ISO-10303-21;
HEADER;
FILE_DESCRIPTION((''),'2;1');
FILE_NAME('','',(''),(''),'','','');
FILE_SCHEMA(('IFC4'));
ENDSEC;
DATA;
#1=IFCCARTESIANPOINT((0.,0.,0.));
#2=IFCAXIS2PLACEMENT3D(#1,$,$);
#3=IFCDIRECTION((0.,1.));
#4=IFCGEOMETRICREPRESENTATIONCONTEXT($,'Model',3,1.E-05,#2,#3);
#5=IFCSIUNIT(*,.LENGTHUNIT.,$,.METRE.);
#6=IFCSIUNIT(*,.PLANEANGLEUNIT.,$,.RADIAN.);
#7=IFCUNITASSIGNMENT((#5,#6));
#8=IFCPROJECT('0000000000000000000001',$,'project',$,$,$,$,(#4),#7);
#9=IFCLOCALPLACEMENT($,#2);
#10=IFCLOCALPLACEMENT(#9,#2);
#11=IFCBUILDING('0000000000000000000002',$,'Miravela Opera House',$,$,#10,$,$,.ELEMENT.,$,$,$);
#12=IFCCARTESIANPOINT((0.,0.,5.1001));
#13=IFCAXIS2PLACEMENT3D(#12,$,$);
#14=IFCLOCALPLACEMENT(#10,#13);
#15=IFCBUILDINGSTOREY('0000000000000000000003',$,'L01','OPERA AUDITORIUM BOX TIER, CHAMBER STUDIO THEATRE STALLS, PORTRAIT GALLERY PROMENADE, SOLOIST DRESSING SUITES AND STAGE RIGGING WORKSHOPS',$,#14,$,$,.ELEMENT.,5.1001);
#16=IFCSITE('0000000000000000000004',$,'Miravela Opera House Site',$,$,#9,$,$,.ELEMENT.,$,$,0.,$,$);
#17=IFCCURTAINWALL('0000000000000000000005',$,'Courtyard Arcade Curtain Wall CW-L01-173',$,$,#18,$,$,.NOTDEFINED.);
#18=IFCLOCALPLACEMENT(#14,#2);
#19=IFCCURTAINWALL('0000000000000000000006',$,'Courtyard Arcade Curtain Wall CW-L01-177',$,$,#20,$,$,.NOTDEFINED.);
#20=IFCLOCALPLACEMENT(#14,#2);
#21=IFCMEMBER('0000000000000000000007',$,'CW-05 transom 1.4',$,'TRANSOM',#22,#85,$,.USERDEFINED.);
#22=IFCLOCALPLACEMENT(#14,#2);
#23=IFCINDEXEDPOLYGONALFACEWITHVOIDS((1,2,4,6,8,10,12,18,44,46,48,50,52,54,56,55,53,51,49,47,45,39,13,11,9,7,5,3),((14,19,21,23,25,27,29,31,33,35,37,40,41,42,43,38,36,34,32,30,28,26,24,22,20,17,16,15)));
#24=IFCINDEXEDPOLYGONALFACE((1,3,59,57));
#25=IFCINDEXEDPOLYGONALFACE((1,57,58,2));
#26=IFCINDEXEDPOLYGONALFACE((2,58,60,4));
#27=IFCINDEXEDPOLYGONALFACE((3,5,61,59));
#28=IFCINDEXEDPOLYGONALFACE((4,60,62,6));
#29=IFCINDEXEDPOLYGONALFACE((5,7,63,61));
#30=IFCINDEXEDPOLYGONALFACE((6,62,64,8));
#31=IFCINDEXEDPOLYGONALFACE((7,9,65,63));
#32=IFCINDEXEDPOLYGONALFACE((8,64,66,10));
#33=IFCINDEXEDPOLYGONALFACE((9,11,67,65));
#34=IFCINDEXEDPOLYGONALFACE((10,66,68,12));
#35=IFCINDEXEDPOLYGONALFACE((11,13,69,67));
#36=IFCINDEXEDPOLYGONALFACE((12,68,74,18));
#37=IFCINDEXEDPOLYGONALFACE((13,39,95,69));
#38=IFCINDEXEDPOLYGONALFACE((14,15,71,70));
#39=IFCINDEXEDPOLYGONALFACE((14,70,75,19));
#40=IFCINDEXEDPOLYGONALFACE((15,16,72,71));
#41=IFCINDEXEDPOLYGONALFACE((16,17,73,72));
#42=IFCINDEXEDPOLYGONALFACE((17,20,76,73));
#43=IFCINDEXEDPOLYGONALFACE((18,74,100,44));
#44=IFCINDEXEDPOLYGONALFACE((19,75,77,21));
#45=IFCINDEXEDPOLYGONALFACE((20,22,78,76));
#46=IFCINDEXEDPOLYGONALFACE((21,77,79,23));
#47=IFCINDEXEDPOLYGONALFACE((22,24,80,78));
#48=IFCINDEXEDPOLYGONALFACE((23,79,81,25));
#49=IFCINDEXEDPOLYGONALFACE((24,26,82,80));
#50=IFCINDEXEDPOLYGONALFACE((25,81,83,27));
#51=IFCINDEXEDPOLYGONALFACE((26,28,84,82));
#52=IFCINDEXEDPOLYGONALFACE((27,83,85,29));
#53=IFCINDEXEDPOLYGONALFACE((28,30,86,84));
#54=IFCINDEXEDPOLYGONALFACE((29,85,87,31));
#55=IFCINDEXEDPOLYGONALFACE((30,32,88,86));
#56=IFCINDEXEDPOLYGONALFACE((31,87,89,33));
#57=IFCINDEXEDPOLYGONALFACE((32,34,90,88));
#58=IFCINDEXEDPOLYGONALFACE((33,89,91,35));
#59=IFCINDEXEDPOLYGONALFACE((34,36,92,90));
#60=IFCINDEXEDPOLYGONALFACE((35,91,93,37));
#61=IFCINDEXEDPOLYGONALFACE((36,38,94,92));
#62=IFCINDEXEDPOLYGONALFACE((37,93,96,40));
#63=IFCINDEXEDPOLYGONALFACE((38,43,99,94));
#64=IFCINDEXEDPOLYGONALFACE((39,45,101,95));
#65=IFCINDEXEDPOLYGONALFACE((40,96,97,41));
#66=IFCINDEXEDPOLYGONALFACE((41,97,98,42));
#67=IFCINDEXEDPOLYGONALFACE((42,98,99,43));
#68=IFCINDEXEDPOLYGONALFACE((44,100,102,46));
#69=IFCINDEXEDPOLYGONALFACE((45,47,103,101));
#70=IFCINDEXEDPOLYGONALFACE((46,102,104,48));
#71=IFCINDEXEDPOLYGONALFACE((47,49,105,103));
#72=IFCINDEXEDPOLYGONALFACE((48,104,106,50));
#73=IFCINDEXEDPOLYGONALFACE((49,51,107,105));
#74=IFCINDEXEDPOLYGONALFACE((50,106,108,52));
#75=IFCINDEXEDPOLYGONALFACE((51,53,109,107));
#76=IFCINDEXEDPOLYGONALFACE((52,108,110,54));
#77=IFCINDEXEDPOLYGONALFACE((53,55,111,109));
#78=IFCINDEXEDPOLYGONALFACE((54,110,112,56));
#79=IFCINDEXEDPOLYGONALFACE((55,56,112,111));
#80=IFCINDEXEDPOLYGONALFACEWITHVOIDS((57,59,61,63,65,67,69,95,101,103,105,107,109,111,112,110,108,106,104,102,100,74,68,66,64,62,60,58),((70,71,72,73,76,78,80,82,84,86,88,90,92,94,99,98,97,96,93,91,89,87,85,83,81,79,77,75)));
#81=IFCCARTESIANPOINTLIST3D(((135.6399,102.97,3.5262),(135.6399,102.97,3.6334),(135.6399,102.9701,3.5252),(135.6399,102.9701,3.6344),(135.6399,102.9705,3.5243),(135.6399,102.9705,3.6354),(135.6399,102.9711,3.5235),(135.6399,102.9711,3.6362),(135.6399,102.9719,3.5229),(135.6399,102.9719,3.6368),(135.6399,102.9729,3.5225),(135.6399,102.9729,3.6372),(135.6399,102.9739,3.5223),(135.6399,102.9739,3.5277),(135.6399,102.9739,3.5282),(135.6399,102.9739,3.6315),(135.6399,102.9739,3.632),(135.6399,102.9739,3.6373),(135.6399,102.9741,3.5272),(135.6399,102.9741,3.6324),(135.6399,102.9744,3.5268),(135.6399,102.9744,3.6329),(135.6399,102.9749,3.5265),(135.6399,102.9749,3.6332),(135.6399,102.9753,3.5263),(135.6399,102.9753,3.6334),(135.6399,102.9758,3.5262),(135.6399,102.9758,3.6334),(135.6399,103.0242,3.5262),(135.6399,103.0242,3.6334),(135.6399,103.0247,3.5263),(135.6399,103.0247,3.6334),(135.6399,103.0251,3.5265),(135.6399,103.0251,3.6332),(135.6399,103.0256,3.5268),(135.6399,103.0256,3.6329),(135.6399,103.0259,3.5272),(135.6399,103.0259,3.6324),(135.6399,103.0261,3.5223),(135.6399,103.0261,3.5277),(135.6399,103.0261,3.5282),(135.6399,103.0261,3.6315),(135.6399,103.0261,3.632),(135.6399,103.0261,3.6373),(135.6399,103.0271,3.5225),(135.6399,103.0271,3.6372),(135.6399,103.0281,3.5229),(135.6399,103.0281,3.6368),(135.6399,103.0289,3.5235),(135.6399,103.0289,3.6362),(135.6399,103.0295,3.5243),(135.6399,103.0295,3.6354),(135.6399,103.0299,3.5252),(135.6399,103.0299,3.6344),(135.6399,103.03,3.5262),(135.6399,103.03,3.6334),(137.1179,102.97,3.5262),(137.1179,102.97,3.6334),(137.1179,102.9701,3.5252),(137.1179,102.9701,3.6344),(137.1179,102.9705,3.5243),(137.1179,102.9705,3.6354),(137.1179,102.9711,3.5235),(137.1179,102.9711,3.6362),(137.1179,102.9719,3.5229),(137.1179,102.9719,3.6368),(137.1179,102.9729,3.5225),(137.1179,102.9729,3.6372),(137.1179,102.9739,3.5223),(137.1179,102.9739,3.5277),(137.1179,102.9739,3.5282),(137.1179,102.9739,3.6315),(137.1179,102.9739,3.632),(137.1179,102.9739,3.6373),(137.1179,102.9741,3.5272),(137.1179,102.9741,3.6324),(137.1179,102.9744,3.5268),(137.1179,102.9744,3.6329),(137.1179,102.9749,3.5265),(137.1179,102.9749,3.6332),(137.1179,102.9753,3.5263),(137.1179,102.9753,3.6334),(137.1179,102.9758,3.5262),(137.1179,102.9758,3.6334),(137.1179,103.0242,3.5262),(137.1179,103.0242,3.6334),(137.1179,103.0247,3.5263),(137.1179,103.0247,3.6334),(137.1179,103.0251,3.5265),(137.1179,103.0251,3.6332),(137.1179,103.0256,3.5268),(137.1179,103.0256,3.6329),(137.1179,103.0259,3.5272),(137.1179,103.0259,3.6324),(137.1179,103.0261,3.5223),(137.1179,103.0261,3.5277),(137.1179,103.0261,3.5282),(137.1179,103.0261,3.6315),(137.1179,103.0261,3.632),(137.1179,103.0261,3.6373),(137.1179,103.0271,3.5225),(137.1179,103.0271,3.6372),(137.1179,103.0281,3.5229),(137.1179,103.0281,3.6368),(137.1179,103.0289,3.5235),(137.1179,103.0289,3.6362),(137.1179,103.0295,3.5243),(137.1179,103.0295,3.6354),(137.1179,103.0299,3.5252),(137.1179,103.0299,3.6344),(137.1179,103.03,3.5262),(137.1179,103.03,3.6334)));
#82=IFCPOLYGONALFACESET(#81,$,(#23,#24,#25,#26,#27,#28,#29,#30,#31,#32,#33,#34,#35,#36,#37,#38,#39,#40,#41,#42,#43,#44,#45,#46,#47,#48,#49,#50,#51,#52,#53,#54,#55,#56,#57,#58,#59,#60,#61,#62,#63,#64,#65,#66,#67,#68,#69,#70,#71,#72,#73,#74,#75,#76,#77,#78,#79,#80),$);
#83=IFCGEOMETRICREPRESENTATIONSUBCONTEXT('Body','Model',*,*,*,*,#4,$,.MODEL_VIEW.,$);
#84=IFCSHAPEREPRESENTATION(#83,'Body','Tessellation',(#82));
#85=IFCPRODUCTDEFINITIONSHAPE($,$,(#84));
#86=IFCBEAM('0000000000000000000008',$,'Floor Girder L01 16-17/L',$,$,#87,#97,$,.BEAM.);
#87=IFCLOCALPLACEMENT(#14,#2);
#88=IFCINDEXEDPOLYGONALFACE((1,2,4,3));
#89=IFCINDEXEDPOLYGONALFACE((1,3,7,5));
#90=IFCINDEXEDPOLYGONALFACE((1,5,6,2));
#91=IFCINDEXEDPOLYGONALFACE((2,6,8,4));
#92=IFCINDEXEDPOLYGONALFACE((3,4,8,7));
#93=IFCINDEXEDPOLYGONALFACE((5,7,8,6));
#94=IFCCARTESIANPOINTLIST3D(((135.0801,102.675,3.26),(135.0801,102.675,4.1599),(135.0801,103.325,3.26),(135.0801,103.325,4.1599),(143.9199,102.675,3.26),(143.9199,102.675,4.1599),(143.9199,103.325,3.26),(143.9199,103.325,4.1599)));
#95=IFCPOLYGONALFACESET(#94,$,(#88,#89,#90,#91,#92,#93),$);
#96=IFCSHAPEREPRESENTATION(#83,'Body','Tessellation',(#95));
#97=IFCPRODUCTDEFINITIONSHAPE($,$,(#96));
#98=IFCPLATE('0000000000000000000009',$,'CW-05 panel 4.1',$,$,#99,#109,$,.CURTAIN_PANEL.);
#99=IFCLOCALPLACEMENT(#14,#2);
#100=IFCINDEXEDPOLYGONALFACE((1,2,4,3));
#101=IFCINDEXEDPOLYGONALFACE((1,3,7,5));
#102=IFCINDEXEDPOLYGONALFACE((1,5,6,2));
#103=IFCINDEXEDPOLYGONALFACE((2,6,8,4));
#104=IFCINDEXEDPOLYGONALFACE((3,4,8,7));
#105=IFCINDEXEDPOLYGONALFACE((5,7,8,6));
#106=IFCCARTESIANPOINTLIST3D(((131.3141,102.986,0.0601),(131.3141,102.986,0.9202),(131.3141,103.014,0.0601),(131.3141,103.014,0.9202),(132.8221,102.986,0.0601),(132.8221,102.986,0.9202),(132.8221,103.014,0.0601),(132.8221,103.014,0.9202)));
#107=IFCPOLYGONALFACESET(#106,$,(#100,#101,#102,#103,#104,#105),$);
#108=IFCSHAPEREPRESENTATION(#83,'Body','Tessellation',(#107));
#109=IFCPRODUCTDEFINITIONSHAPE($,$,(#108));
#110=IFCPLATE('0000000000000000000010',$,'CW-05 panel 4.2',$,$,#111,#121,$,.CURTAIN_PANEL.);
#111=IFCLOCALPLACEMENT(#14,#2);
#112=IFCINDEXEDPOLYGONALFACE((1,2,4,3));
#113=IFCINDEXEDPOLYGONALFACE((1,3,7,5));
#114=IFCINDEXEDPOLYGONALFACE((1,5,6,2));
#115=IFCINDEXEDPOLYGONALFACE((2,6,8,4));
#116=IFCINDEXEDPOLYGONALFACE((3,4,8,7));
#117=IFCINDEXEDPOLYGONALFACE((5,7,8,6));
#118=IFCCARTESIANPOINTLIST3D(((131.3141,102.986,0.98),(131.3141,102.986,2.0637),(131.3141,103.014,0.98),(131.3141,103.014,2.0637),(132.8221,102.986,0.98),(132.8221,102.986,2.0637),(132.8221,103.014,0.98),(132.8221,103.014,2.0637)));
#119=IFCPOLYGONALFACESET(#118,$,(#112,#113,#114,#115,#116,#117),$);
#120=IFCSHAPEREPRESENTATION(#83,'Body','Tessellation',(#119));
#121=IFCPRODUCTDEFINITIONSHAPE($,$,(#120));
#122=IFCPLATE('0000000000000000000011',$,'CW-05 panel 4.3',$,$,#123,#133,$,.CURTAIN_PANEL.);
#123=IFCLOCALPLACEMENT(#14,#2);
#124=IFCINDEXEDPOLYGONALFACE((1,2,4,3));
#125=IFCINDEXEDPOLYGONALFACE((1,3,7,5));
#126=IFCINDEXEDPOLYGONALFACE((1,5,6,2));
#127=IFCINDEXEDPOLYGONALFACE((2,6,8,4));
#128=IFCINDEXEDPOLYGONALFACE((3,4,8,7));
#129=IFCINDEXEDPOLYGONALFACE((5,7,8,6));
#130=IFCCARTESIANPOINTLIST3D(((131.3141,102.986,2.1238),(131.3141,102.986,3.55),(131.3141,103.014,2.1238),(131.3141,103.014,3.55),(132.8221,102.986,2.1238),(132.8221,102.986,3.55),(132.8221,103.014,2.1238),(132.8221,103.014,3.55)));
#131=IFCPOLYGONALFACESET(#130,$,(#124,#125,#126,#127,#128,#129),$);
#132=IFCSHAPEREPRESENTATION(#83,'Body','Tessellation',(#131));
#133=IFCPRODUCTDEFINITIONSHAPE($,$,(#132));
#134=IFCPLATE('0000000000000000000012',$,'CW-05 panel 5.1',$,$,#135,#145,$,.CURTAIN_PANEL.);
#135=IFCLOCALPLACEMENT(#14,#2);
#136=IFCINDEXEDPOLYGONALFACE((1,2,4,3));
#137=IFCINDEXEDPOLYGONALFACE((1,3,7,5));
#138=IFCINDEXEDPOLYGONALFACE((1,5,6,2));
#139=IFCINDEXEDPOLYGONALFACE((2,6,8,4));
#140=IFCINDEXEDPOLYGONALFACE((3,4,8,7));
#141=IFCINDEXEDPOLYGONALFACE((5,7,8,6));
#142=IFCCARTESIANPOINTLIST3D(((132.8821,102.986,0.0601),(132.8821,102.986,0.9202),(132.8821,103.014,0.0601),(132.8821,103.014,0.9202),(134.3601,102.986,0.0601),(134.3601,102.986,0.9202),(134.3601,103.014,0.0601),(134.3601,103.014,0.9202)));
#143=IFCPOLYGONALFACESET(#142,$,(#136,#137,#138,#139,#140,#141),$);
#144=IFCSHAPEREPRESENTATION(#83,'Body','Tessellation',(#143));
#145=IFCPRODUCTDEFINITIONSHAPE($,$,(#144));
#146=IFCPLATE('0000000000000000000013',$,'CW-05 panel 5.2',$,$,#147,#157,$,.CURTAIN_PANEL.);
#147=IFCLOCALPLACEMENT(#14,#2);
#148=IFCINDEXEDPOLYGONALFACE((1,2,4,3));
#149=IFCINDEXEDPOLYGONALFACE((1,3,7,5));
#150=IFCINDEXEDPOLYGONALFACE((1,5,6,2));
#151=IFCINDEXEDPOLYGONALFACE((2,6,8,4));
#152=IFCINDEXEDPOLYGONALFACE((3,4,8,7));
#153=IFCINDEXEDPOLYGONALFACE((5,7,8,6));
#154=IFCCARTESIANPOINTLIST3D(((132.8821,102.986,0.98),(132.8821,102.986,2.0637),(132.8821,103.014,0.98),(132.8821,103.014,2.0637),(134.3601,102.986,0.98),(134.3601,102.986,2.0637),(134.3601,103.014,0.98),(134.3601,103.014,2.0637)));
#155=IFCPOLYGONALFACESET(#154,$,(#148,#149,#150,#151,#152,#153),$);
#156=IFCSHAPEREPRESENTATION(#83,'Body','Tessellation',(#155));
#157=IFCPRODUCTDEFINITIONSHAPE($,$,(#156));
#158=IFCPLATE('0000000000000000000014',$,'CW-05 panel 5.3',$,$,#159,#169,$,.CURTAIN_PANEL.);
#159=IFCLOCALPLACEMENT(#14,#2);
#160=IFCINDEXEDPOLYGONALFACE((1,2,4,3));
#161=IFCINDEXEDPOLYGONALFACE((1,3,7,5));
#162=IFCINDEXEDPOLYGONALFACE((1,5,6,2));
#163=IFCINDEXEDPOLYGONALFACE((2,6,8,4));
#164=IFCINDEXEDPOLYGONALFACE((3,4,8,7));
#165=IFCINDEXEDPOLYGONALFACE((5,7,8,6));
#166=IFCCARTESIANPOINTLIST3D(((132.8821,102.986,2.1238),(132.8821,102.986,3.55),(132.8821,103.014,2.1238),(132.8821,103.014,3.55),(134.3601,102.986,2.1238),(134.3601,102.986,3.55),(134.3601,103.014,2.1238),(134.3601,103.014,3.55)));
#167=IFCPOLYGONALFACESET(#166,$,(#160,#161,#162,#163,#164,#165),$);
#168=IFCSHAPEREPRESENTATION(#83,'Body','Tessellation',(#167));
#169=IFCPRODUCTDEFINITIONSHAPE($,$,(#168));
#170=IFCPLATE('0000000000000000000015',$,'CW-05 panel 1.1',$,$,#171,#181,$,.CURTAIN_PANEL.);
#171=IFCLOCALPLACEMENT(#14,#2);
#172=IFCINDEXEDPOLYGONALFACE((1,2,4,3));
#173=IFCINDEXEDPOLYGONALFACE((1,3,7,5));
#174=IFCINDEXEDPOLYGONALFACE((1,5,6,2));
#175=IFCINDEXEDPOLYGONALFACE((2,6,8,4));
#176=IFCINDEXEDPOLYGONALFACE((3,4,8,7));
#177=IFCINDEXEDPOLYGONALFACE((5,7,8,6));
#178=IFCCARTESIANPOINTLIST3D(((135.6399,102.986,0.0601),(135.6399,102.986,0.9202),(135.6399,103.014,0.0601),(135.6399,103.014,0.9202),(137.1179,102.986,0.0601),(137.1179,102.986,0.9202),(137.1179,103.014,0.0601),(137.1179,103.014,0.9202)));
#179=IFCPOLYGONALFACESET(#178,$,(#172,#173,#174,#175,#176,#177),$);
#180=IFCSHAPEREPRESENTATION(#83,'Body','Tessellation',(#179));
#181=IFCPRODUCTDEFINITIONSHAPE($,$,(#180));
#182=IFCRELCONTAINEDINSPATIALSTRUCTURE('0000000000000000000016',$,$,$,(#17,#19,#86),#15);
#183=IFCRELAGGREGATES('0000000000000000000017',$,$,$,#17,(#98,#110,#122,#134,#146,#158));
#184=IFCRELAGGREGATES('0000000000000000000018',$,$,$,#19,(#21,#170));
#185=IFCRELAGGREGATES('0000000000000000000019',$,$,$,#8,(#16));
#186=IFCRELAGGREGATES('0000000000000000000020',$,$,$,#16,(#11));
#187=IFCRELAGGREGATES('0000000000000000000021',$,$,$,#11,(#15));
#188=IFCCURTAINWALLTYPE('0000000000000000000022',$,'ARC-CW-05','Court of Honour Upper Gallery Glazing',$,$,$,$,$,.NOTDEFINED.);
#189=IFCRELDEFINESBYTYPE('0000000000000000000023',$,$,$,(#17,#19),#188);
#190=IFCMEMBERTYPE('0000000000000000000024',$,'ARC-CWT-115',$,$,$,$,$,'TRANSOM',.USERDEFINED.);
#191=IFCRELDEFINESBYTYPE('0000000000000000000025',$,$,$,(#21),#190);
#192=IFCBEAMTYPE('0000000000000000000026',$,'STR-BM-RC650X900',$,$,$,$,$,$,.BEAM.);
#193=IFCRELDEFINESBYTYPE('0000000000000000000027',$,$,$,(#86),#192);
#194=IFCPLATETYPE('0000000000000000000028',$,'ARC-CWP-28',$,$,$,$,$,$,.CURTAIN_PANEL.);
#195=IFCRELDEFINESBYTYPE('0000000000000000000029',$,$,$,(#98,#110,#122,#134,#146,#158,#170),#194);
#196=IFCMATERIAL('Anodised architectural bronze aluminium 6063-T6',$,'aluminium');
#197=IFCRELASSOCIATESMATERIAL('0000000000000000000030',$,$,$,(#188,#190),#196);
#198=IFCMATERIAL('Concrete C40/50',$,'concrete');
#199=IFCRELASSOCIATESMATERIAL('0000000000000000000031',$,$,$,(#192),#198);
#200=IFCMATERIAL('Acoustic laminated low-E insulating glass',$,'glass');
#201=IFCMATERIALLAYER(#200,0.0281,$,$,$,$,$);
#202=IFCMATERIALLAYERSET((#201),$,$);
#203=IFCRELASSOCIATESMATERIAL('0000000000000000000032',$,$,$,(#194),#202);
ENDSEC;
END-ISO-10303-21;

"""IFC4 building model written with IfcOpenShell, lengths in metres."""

from ifc_helpers import new_model, si_unit, direction, frame, origin, origin_2d, place, context, subcontext, project, spatial, rectangle, hollow_rectangle, extrude, material, layer, layer_set, material_profile, profile_set, type_object, element, aggregate, save


model = new_model("IFC4")

# Units and contexts
model_context = context("Model", 3, precision=1e-05, world=origin(), true_north=direction((0.0, 1.0)))
body_context = subcontext(model_context, "Body", "Model", "MODEL_VIEW")
ifc_project = project(units=[si_unit("LENGTHUNIT", "METRE"), si_unit("PLANEANGLEUNIT", "RADIAN")], contexts=[model_context])

# Site, building, storey
site_placement = place(None, origin())
site = spatial("IfcSite", under=ifc_project, at=site_placement, Name="Miravela Opera House Site", CompositionType="ELEMENT", RefElevation=0.0)
building_placement = place(site_placement, origin())
building = spatial("IfcBuilding", under=site, at=building_placement, Name="Miravela Opera House", CompositionType="ELEMENT")
storey_placement = place(building_placement, frame((0.0, 0.0, 5.1001)))
storey = spatial("IfcBuildingStorey", under=building, at=storey_placement, Name="L01", Description="OPERA AUDITORIUM BOX TIER, CHAMBER STUDIO THEATRE STALLS, PORTRAIT GALLERY PROMENADE, SOLOIST DRESSING SUITES AND STAGE RIGGING WORKSHOPS", CompositionType="ELEMENT", Elevation=5.1001)

# Curtain wall
ifc_material_1 = material(Name="Anodised architectural bronze aluminium 6063-T6", Category="aluminium")
curtain_wall_type = type_object("IfcCurtainWallType", Name="ARC-CW-05", Description="Court of Honour Upper Gallery Glazing", PredefinedType="NOTDEFINED", material=ifc_material_1)
curtain_wall_1_placement = place(storey_placement, origin())
curtain_wall_1 = element("IfcCurtainWall", 1, at=curtain_wall_1_placement, inside=storey, type_object=curtain_wall_type, Name="Courtyard Arcade Curtain Wall CW-L01-173", PredefinedType="NOTDEFINED")

# Curtain wall
curtain_wall_2_placement = place(storey_placement, origin())
curtain_wall_2 = element("IfcCurtainWall", 2, at=curtain_wall_2_placement, inside=storey, type_object=curtain_wall_type, Name="Courtyard Arcade Curtain Wall CW-L01-177", PredefinedType="NOTDEFINED")

# Member
ifc_material_profile_1 = material_profile(ifc_material_1, hollow_rectangle(XDim=0.0601, YDim=0.115, WallThickness=0.0039, InnerFilletRadius=0.002, OuterFilletRadius=0.0039, at=origin_2d()), Name="CWT-60X115")
ifc_profile_set_1 = profile_set([ifc_material_profile_1])
member_type_1 = type_object("IfcMemberType", Name="ARC-CWT-115", ElementType="TRANSOM", PredefinedType="USERDEFINED", material=ifc_profile_set_1)
member_1_placement = place(storey_placement, frame((135.6399, 103.0, 3.5798), z_axis=(1.0, 0.0, 0.0), x_axis=(0.0, 1.0, 0.0)))
member_1 = element("IfcMember", 3, at=member_1_placement, type_object=member_type_1, Name="CW-05 transom 1.4", ObjectType="TRANSOM", PredefinedType="USERDEFINED", context=body_context, shape_type="SweptSolid", body=[
    extrude(hollow_rectangle(XDim=0.0601, YDim=0.115, WallThickness=0.0039, InnerFilletRadius=0.002, OuterFilletRadius=0.0039, at=origin_2d()), origin(), (0.0, 0.0, 1.0), 1.478),
])

# Beam
ifc_material_2 = material(Name="Concrete C40/50", Category="concrete")
ifc_material_profile_2 = material_profile(ifc_material_2, rectangle(XDim=0.6499, YDim=0.8999, at=origin_2d()), Name="RC-BM-650X900")
ifc_profile_set_2 = profile_set([ifc_material_profile_2])
beam_type = type_object("IfcBeamType", Name="STR-BM-RC650X900", PredefinedType="BEAM", material=ifc_profile_set_2)
beam_placement = place(storey_placement, frame((135.0801, 103.0, 3.71), z_axis=(1.0, 0.0, 0.0), x_axis=(0.0, 1.0, 0.0)))
element("IfcBeam", 4, at=beam_placement, inside=storey, type_object=beam_type, Name="Floor Girder L01 16-17/L", PredefinedType="BEAM", context=body_context, shape_type="SweptSolid", body=[
    extrude(rectangle(XDim=0.6499, YDim=0.8999, at=origin_2d()), origin(), (0.0, 0.0, 1.0), 8.8398),
])

# Plates
ifc_material_3 = material(Name="Acoustic laminated low-E insulating glass", Category="glass")
ifc_layer = layer(ifc_material_3, 0.0281)
ifc_layer_set = layer_set([ifc_layer])
plate_type = type_object("IfcPlateType", Name="ARC-CWP-28", PredefinedType="CURTAIN_PANEL", material=ifc_layer_set)
plate_1_placement = place(storey_placement, frame((132.0681, 103.0, 0.0601), z_axis=(0.0, 0.0, 1.0), x_axis=(1.0, 0.0, 0.0)))
plate_1 = element("IfcPlate", 5, at=plate_1_placement, type_object=plate_type, Name="CW-05 panel 4.1", PredefinedType="CURTAIN_PANEL", context=body_context, shape_type="SweptSolid", body=[
    extrude(rectangle(XDim=1.5081, YDim=0.0281, at=origin_2d()), origin(), (0.0, 0.0, 1.0), 0.8601),
])
plate_2_placement = place(storey_placement, frame((132.0681, 103.0, 0.98), z_axis=(0.0, 0.0, 1.0), x_axis=(1.0, 0.0, 0.0)))
plate_2 = element("IfcPlate", 6, at=plate_2_placement, type_object=plate_type, Name="CW-05 panel 4.2", PredefinedType="CURTAIN_PANEL", context=body_context, shape_type="SweptSolid", body=[
    extrude(rectangle(XDim=1.5081, YDim=0.0281, at=origin_2d()), origin(), (0.0, 0.0, 1.0), 1.0837),
])
plate_3_placement = place(storey_placement, frame((132.0681, 103.0, 2.1238), z_axis=(0.0, 0.0, 1.0), x_axis=(1.0, 0.0, 0.0)))
plate_3 = element("IfcPlate", 7, at=plate_3_placement, type_object=plate_type, Name="CW-05 panel 4.3", PredefinedType="CURTAIN_PANEL", context=body_context, shape_type="SweptSolid", body=[
    extrude(rectangle(XDim=1.5081, YDim=0.0281, at=origin_2d()), origin(), (0.0, 0.0, 1.0), 1.4263),
])
plate_4_placement = place(storey_placement, frame((133.6211, 103.0, 0.0601), z_axis=(0.0, 0.0, 1.0), x_axis=(1.0, 0.0, 0.0)))
plate_4 = element("IfcPlate", 8, at=plate_4_placement, type_object=plate_type, Name="CW-05 panel 5.1", PredefinedType="CURTAIN_PANEL", context=body_context, shape_type="SweptSolid", body=[
    extrude(rectangle(XDim=1.478, YDim=0.0281, at=origin_2d()), origin(), (0.0, 0.0, 1.0), 0.8601),
])
plate_5_placement = place(storey_placement, frame((133.6211, 103.0, 0.98), z_axis=(0.0, 0.0, 1.0), x_axis=(1.0, 0.0, 0.0)))
plate_5 = element("IfcPlate", 9, at=plate_5_placement, type_object=plate_type, Name="CW-05 panel 5.2", PredefinedType="CURTAIN_PANEL", context=body_context, shape_type="SweptSolid", body=[
    extrude(rectangle(XDim=1.478, YDim=0.0281, at=origin_2d()), origin(), (0.0, 0.0, 1.0), 1.0837),
])
plate_6_placement = place(storey_placement, frame((133.6211, 103.0, 2.1238), z_axis=(0.0, 0.0, 1.0), x_axis=(1.0, 0.0, 0.0)))
plate_6 = element("IfcPlate", 10, at=plate_6_placement, type_object=plate_type, Name="CW-05 panel 5.3", PredefinedType="CURTAIN_PANEL", context=body_context, shape_type="SweptSolid", body=[
    extrude(rectangle(XDim=1.478, YDim=0.0281, at=origin_2d()), origin(), (0.0, 0.0, 1.0), 1.4263),
])
aggregate(curtain_wall_1, [plate_1, plate_2, plate_3, plate_4, plate_5, plate_6])
plate_7_placement = place(storey_placement, frame((136.3789, 103.0, 0.0601), z_axis=(0.0, 0.0, 1.0), x_axis=(1.0, 0.0, 0.0)))
plate_7 = element("IfcPlate", 11, at=plate_7_placement, type_object=plate_type, Name="CW-05 panel 1.1", PredefinedType="CURTAIN_PANEL", context=body_context, shape_type="SweptSolid", body=[
    extrude(rectangle(XDim=1.478, YDim=0.0281, at=origin_2d()), origin(), (0.0, 0.0, 1.0), 0.8601),
])
aggregate(curtain_wall_2, [member_1, plate_7])

save(model, "model.ifc")
